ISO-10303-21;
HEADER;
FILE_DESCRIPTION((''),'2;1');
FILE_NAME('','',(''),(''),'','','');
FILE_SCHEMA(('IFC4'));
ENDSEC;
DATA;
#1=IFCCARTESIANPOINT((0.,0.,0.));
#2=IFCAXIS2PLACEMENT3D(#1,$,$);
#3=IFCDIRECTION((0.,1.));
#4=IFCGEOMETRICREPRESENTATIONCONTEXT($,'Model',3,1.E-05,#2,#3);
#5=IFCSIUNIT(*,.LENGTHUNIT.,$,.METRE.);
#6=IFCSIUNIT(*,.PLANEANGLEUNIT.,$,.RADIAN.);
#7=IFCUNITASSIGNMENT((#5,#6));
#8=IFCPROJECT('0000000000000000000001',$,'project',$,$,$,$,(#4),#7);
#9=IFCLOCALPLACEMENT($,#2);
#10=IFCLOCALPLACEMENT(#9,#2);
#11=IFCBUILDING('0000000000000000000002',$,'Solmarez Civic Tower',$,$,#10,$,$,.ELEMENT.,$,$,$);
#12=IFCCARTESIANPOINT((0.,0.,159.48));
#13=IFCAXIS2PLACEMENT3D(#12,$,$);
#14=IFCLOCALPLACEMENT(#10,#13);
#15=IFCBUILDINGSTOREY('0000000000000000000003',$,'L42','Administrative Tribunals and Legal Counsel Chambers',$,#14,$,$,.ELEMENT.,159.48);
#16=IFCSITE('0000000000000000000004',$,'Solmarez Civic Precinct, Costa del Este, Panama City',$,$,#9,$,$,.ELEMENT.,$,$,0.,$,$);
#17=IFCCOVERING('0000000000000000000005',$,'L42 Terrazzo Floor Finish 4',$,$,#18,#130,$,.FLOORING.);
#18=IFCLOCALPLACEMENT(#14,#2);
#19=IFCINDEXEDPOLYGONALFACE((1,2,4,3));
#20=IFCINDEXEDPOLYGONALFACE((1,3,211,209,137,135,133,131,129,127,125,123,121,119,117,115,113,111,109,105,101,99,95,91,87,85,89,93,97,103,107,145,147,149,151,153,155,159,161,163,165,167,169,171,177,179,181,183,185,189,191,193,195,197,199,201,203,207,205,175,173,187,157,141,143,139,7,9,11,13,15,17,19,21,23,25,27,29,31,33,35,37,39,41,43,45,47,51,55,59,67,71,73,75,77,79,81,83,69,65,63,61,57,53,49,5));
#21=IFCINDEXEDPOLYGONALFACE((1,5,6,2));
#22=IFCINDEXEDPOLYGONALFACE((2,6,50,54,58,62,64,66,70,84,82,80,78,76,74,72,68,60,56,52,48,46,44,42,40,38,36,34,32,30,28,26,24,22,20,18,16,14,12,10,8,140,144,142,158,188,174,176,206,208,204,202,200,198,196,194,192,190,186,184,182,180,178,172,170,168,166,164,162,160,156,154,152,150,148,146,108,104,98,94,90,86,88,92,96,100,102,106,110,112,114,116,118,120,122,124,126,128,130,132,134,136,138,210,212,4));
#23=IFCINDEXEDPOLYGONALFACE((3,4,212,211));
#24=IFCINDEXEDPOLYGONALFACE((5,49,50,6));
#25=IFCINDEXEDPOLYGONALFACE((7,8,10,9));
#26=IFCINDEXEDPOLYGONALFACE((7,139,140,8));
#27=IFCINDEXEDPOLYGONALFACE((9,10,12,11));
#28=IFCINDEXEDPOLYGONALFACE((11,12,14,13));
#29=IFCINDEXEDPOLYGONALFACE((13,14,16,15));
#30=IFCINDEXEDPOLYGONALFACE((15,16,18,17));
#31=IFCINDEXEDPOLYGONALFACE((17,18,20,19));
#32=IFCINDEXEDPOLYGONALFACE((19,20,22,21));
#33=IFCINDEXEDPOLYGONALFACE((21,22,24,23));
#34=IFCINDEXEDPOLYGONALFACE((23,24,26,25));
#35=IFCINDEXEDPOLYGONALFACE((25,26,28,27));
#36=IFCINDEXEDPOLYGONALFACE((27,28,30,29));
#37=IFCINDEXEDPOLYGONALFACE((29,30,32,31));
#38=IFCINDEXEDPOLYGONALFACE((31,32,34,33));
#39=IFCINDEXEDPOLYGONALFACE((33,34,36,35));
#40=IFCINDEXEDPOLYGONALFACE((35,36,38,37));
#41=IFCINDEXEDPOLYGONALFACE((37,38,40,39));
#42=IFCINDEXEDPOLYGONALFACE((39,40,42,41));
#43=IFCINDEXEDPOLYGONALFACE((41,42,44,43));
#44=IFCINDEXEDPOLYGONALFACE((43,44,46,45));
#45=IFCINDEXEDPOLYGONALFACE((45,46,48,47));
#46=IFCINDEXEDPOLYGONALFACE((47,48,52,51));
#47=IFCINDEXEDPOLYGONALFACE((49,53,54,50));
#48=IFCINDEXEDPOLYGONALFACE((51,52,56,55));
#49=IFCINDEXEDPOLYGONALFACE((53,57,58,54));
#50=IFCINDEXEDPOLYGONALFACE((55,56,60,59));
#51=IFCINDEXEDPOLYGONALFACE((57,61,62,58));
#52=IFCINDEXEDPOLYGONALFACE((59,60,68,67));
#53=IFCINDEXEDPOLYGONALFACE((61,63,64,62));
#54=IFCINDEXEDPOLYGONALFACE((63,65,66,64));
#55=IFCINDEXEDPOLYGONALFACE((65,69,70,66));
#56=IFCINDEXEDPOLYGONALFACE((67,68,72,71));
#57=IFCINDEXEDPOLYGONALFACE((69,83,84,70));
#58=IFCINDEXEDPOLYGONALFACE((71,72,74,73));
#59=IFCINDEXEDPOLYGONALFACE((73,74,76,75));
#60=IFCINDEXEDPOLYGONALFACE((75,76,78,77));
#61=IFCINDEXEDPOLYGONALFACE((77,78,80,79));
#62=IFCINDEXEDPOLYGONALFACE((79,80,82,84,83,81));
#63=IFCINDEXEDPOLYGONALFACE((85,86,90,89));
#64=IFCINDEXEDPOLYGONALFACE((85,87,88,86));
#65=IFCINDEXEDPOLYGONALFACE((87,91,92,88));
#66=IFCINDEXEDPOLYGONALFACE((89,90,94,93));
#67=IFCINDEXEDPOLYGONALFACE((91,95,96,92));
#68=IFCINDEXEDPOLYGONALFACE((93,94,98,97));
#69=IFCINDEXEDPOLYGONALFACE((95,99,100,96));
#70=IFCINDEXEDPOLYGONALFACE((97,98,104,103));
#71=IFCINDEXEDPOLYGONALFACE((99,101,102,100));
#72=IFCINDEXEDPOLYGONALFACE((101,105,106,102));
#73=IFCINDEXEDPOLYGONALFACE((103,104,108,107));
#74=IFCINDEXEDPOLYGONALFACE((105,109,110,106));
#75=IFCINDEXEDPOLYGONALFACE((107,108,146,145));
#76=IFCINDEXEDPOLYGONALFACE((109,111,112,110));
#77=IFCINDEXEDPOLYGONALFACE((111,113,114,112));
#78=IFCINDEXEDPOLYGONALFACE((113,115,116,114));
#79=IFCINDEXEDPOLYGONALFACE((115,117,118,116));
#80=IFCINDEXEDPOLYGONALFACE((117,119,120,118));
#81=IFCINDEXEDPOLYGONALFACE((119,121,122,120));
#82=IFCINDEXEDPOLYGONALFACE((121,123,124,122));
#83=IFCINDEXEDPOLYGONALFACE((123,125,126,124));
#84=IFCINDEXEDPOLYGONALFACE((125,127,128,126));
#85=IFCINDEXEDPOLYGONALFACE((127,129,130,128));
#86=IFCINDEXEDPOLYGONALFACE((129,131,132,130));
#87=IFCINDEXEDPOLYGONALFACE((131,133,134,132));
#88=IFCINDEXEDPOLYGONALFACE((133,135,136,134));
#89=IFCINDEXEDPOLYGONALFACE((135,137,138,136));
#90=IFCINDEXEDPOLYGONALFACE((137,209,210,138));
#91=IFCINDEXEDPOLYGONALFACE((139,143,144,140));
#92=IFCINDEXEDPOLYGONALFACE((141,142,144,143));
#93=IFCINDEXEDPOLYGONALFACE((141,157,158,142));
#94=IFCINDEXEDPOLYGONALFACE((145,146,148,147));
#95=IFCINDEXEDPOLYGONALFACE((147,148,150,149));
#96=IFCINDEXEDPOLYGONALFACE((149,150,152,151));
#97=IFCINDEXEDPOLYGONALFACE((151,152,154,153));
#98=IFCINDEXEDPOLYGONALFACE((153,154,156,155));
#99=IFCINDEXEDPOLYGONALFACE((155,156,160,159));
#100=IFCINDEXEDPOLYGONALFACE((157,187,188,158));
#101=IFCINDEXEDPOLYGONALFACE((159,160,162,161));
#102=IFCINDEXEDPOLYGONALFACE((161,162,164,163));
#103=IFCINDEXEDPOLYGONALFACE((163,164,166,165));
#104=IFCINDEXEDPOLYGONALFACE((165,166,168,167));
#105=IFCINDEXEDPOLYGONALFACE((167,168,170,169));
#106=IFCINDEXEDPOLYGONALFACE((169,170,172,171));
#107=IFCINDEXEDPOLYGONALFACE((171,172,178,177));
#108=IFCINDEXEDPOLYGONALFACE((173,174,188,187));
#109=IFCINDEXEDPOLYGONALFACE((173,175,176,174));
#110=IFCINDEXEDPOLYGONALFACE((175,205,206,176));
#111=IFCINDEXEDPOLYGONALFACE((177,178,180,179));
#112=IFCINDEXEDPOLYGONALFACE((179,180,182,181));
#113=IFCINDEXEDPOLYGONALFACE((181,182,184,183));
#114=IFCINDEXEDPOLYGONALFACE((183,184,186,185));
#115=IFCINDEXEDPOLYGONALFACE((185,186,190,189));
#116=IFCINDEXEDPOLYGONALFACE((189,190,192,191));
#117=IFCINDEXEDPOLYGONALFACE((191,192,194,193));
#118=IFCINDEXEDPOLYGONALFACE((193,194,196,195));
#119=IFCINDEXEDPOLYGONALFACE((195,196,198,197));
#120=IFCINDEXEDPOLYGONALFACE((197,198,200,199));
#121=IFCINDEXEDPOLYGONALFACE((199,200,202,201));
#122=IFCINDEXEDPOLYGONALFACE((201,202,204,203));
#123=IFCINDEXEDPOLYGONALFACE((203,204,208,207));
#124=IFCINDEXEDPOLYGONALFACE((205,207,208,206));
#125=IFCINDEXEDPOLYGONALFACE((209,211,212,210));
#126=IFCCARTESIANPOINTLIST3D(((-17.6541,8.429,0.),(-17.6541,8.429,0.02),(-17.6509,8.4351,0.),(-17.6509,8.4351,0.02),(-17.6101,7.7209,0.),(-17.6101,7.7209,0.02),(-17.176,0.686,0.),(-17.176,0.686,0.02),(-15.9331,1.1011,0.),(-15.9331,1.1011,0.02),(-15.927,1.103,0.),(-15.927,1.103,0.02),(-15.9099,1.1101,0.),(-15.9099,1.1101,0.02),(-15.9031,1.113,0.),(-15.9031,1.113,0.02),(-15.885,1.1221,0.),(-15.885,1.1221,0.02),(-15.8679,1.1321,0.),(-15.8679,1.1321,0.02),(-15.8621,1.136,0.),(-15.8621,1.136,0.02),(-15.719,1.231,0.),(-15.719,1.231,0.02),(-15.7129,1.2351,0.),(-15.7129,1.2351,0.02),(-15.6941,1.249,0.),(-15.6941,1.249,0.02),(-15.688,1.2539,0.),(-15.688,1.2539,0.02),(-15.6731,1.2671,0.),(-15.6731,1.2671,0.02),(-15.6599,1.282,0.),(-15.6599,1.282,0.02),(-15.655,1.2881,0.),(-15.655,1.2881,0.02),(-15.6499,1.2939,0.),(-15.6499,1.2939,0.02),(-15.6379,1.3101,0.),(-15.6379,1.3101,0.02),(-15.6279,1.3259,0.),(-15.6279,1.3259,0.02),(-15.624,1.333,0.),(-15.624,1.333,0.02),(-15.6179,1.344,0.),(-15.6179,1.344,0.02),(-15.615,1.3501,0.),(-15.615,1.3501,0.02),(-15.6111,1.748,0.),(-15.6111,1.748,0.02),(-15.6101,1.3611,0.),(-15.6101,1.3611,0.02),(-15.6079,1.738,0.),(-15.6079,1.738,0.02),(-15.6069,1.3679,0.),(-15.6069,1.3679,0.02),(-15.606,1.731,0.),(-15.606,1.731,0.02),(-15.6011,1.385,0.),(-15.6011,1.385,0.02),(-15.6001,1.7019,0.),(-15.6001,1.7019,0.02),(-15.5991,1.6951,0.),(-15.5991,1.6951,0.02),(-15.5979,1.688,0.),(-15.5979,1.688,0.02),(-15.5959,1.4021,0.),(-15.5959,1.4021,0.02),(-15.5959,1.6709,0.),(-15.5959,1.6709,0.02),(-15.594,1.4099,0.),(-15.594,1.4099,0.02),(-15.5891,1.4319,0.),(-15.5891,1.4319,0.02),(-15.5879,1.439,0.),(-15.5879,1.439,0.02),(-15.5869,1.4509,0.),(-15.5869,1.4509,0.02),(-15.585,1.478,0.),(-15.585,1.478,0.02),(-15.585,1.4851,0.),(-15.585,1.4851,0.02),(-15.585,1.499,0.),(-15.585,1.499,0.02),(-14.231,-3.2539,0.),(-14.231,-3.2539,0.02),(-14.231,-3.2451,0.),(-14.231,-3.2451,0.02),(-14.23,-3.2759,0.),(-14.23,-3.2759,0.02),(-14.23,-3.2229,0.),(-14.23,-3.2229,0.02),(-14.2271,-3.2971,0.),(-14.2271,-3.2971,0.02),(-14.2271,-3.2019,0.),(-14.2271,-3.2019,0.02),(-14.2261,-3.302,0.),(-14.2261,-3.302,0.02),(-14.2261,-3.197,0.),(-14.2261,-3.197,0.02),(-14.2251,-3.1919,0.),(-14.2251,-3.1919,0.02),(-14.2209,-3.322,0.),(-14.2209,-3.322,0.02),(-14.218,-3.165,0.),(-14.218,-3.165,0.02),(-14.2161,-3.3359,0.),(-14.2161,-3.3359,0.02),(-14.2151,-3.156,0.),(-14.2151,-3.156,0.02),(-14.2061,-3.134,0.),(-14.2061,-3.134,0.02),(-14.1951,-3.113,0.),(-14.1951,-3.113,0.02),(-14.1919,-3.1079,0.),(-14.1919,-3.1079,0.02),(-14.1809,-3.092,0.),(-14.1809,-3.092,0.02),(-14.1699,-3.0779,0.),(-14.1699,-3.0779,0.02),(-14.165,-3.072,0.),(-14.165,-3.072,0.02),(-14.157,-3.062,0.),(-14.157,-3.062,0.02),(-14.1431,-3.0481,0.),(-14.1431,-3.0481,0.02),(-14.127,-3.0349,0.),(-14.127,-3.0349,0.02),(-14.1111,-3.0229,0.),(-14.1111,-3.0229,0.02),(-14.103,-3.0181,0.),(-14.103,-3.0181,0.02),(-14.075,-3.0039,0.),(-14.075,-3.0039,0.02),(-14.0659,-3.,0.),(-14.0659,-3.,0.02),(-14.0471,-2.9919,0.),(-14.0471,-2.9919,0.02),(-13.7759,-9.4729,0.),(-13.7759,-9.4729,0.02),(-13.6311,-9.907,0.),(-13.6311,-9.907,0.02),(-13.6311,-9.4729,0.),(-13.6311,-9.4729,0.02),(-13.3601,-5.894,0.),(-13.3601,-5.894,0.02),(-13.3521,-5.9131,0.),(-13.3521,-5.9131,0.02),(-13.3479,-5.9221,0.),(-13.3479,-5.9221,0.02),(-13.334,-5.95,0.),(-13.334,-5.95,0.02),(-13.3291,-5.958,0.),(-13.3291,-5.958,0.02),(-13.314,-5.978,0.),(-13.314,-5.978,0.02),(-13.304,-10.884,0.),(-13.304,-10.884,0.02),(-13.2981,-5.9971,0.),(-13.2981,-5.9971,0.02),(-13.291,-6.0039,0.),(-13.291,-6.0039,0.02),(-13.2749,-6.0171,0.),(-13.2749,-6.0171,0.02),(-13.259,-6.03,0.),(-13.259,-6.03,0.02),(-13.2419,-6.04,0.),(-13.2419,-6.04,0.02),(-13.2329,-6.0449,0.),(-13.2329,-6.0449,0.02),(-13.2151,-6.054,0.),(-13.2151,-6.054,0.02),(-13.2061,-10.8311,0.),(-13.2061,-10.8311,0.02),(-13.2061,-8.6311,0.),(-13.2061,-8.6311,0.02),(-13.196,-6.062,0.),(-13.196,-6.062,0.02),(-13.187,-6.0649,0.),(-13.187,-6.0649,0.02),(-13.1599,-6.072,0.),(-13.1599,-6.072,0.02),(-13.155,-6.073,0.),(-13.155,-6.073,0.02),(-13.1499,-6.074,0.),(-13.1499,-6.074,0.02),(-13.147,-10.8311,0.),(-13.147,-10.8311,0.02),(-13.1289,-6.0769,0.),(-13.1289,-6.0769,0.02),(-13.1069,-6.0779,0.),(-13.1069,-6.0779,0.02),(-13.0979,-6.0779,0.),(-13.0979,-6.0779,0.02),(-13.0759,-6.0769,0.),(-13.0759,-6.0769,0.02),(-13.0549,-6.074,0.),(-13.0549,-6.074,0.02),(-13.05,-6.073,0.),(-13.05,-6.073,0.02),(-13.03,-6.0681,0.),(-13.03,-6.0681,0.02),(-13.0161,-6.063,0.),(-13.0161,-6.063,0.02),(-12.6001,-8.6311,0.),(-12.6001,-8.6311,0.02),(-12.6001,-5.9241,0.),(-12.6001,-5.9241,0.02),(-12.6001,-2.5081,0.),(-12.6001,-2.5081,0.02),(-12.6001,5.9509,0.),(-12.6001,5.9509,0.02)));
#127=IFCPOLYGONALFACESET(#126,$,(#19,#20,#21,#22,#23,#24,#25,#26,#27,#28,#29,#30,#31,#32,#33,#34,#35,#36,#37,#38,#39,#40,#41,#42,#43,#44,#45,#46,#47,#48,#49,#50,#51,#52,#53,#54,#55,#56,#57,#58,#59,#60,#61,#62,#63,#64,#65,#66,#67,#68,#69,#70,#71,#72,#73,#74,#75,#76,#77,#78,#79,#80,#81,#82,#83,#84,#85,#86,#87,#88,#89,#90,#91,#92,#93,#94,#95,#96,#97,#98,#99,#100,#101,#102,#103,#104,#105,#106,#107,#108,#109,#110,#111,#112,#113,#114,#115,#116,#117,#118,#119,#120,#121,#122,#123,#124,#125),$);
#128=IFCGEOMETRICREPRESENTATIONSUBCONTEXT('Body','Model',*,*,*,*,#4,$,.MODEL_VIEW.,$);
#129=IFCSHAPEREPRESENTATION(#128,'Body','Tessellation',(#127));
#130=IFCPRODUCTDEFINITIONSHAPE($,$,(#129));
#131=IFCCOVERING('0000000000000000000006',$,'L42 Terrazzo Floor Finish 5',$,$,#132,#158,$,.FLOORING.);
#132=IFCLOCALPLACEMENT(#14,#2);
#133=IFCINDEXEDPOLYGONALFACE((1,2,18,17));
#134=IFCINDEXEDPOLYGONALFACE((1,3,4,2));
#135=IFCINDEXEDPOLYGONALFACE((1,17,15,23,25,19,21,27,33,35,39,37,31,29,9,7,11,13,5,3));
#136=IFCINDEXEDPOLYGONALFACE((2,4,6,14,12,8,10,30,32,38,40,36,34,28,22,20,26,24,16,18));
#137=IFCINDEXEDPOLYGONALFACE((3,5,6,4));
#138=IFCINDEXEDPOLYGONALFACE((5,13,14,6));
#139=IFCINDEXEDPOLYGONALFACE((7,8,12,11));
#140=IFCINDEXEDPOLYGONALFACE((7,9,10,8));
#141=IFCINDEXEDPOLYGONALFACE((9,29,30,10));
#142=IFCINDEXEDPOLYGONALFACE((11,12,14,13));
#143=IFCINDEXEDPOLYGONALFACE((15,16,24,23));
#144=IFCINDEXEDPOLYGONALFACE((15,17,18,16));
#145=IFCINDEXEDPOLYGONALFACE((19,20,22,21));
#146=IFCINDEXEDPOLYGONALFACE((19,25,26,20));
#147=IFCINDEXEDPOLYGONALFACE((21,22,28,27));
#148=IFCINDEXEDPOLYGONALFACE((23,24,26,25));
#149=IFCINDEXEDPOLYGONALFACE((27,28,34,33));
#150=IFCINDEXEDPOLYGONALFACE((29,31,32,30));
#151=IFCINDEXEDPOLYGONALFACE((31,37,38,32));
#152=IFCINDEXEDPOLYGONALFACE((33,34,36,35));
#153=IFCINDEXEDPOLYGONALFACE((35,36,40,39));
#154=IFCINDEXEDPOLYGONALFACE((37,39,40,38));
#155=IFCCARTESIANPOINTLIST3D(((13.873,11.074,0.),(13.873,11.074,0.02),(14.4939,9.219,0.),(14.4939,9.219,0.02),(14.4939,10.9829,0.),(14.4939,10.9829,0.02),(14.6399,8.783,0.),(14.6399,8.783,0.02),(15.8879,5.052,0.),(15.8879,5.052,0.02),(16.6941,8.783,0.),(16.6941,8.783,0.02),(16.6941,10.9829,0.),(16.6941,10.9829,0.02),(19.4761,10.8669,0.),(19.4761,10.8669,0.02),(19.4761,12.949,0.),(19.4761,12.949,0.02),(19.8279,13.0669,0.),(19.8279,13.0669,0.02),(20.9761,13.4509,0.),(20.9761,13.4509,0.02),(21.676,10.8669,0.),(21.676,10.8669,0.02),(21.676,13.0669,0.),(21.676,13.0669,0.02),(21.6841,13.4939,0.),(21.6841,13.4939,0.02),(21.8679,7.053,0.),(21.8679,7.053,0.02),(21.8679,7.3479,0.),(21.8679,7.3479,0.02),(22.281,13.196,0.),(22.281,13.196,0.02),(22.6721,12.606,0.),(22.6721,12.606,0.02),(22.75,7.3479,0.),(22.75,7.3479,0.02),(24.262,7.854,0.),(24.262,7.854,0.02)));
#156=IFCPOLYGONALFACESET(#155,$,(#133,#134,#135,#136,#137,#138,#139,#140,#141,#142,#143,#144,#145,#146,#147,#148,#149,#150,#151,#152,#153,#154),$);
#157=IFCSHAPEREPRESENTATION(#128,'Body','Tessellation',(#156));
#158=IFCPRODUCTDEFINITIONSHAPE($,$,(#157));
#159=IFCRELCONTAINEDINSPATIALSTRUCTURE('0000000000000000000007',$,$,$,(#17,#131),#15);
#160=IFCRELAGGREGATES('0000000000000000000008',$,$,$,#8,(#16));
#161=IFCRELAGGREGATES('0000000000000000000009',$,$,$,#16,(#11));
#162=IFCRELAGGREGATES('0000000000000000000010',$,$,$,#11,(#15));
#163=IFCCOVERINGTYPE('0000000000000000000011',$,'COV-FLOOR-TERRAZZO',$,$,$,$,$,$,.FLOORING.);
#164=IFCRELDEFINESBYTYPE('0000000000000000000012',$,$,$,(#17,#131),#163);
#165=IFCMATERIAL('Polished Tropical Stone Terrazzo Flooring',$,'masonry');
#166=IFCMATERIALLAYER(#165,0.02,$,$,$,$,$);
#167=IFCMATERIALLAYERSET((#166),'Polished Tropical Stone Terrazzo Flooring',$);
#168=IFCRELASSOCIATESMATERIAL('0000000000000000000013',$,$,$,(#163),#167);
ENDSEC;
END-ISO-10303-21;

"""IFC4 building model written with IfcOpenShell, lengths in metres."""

from ifc_helpers import new_model, si_unit, direction, frame, origin, place, context, subcontext, project, spatial, polyline, outline, extrude, material, layer, layer_set, type_object, element, save


model = new_model("IFC4")

# Units and contexts
model_context = context("Model", 3, precision=1e-05, world=origin(), true_north=direction((0.0, 1.0)))
body_context = subcontext(model_context, "Body", "Model", "MODEL_VIEW")
ifc_project = project(units=[si_unit("LENGTHUNIT", "METRE"), si_unit("PLANEANGLEUNIT", "RADIAN")], contexts=[model_context])

# Site, building, storey
site_placement = place(None, origin())
site = spatial("IfcSite", under=ifc_project, at=site_placement, Name="Solmarez Civic Precinct, Costa del Este, Panama City", CompositionType="ELEMENT", RefElevation=0.0)
building_placement = place(site_placement, origin())
building = spatial("IfcBuilding", under=site, at=building_placement, Name="Solmarez Civic Tower", CompositionType="ELEMENT")
storey_placement = place(building_placement, frame((0.0, 0.0, 159.48)))
storey = spatial("IfcBuildingStorey", under=building, at=storey_placement, Name="L42", Description="Administrative Tribunals and Legal Counsel Chambers", CompositionType="ELEMENT", Elevation=159.48)

# Coverings
ifc_material_1 = material(Name="Polished Tropical Stone Terrazzo Flooring", Category="masonry")
ifc_layer_1 = layer(ifc_material_1, 0.02)
ifc_layer_set_1 = layer_set([ifc_layer_1], Name="Polished Tropical Stone Terrazzo Flooring")
covering_type_1 = type_object("IfcCoveringType", Name="COV-FLOOR-TERRAZZO", PredefinedType="FLOORING", material=ifc_layer_set_1)
covering_1_placement = place(storey_placement, origin())
element("IfcCovering", 1, at=covering_1_placement, inside=storey, type_object=covering_type_1, Name="L42 Terrazzo Floor Finish 4", PredefinedType="FLOORING", context=body_context, shape_type="SweptSolid", body=[
    extrude(outline(polyline([(-14.2161, -3.3359), (-14.2209, -3.322), (-14.2261, -3.302), (-14.2271, -3.2971), (-14.23, -3.2759), (-14.231, -3.2539), (-14.231, -3.2451), (-14.23, -3.2229), (-14.2271, -3.2019), (-14.2261, -3.197), (-14.2251, -3.1919), (-14.218, -3.165), (-14.2151, -3.156), (-14.2061, -3.134), (-14.1951, -3.113), (-14.1919, -3.1079), (-14.1809, -3.092), (-14.1699, -3.0779), (-14.165, -3.072), (-14.157, -3.062), (-14.1431, -3.0481), (-14.127, -3.0349), (-14.1111, -3.0229), (-14.103, -3.0181), (-14.075, -3.0039), (-14.0659, -3.0), (-14.0471, -2.9919), (-12.6001, -2.5081), (-12.6001, 5.9509), (-17.6509, 8.4351), (-17.6541, 8.429), (-17.6101, 7.7209), (-15.6111, 1.748), (-15.6079, 1.738), (-15.606, 1.731), (-15.6001, 1.7019), (-15.5991, 1.6951), (-15.5979, 1.688), (-15.5959, 1.6709), (-15.585, 1.499), (-15.585, 1.4851), (-15.585, 1.478), (-15.5869, 1.4509), (-15.5879, 1.439), (-15.5891, 1.4319), (-15.594, 1.4099), (-15.5959, 1.4021), (-15.6011, 1.385), (-15.6069, 1.3679), (-15.6101, 1.3611), (-15.615, 1.3501), (-15.6179, 1.344), (-15.624, 1.333), (-15.6279, 1.3259), (-15.6379, 1.3101), (-15.6499, 1.2939), (-15.655, 1.2881), (-15.6599, 1.282), (-15.6731, 1.2671), (-15.688, 1.2539), (-15.6941, 1.249), (-15.7129, 1.2351), (-15.719, 1.231), (-15.8621, 1.136), (-15.8679, 1.1321), (-15.885, 1.1221), (-15.9031, 1.113), (-15.9099, 1.1101), (-15.927, 1.103), (-15.9331, 1.1011), (-17.176, 0.686), (-13.7759, -9.4729), (-13.6311, -9.4729), (-13.6311, -9.907), (-13.304, -10.884), (-13.147, -10.8311), (-13.2061, -10.8311), (-13.2061, -8.6311), (-12.6001, -8.6311), (-12.6001, -5.9241), (-13.0161, -6.063), (-13.03, -6.0681), (-13.05, -6.073), (-13.0549, -6.074), (-13.0759, -6.0769), (-13.0979, -6.0779), (-13.1069, -6.0779), (-13.1289, -6.0769), (-13.1499, -6.074), (-13.155, -6.073), (-13.1599, -6.072), (-13.187, -6.0649), (-13.196, -6.062), (-13.2151, -6.054), (-13.2329, -6.0449), (-13.2419, -6.04), (-13.259, -6.03), (-13.2749, -6.0171), (-13.291, -6.0039), (-13.2981, -5.9971), (-13.314, -5.978), (-13.3291, -5.958), (-13.334, -5.95), (-13.3479, -5.9221), (-13.3521, -5.9131), (-13.3601, -5.894), (-14.2161, -3.3359)])), origin(), (0.0, 0.0, 1.0), 0.02),
])
covering_2_placement = place(storey_placement, origin())
element("IfcCovering", 2, at=covering_2_placement, inside=storey, type_object=covering_type_1, Name="L42 Terrazzo Floor Finish 5", PredefinedType="FLOORING", context=body_context, shape_type="SweptSolid", body=[
    extrude(outline(polyline([(24.262, 7.854), (22.6721, 12.606), (22.281, 13.196), (21.6841, 13.4939), (20.9761, 13.4509), (19.8279, 13.0669), (21.676, 13.0669), (21.676, 10.8669), (19.4761, 10.8669), (19.4761, 12.949), (13.873, 11.074), (14.4939, 9.219), (14.4939, 10.9829), (16.6941, 10.9829), (16.6941, 8.783), (14.6399, 8.783), (15.8879, 5.052), (21.8679, 7.053), (21.8679, 7.3479), (22.75, 7.3479), (24.262, 7.854)])), origin(), (0.0, 0.0, 1.0), 0.02),
])

save(model, "model.ifc")
